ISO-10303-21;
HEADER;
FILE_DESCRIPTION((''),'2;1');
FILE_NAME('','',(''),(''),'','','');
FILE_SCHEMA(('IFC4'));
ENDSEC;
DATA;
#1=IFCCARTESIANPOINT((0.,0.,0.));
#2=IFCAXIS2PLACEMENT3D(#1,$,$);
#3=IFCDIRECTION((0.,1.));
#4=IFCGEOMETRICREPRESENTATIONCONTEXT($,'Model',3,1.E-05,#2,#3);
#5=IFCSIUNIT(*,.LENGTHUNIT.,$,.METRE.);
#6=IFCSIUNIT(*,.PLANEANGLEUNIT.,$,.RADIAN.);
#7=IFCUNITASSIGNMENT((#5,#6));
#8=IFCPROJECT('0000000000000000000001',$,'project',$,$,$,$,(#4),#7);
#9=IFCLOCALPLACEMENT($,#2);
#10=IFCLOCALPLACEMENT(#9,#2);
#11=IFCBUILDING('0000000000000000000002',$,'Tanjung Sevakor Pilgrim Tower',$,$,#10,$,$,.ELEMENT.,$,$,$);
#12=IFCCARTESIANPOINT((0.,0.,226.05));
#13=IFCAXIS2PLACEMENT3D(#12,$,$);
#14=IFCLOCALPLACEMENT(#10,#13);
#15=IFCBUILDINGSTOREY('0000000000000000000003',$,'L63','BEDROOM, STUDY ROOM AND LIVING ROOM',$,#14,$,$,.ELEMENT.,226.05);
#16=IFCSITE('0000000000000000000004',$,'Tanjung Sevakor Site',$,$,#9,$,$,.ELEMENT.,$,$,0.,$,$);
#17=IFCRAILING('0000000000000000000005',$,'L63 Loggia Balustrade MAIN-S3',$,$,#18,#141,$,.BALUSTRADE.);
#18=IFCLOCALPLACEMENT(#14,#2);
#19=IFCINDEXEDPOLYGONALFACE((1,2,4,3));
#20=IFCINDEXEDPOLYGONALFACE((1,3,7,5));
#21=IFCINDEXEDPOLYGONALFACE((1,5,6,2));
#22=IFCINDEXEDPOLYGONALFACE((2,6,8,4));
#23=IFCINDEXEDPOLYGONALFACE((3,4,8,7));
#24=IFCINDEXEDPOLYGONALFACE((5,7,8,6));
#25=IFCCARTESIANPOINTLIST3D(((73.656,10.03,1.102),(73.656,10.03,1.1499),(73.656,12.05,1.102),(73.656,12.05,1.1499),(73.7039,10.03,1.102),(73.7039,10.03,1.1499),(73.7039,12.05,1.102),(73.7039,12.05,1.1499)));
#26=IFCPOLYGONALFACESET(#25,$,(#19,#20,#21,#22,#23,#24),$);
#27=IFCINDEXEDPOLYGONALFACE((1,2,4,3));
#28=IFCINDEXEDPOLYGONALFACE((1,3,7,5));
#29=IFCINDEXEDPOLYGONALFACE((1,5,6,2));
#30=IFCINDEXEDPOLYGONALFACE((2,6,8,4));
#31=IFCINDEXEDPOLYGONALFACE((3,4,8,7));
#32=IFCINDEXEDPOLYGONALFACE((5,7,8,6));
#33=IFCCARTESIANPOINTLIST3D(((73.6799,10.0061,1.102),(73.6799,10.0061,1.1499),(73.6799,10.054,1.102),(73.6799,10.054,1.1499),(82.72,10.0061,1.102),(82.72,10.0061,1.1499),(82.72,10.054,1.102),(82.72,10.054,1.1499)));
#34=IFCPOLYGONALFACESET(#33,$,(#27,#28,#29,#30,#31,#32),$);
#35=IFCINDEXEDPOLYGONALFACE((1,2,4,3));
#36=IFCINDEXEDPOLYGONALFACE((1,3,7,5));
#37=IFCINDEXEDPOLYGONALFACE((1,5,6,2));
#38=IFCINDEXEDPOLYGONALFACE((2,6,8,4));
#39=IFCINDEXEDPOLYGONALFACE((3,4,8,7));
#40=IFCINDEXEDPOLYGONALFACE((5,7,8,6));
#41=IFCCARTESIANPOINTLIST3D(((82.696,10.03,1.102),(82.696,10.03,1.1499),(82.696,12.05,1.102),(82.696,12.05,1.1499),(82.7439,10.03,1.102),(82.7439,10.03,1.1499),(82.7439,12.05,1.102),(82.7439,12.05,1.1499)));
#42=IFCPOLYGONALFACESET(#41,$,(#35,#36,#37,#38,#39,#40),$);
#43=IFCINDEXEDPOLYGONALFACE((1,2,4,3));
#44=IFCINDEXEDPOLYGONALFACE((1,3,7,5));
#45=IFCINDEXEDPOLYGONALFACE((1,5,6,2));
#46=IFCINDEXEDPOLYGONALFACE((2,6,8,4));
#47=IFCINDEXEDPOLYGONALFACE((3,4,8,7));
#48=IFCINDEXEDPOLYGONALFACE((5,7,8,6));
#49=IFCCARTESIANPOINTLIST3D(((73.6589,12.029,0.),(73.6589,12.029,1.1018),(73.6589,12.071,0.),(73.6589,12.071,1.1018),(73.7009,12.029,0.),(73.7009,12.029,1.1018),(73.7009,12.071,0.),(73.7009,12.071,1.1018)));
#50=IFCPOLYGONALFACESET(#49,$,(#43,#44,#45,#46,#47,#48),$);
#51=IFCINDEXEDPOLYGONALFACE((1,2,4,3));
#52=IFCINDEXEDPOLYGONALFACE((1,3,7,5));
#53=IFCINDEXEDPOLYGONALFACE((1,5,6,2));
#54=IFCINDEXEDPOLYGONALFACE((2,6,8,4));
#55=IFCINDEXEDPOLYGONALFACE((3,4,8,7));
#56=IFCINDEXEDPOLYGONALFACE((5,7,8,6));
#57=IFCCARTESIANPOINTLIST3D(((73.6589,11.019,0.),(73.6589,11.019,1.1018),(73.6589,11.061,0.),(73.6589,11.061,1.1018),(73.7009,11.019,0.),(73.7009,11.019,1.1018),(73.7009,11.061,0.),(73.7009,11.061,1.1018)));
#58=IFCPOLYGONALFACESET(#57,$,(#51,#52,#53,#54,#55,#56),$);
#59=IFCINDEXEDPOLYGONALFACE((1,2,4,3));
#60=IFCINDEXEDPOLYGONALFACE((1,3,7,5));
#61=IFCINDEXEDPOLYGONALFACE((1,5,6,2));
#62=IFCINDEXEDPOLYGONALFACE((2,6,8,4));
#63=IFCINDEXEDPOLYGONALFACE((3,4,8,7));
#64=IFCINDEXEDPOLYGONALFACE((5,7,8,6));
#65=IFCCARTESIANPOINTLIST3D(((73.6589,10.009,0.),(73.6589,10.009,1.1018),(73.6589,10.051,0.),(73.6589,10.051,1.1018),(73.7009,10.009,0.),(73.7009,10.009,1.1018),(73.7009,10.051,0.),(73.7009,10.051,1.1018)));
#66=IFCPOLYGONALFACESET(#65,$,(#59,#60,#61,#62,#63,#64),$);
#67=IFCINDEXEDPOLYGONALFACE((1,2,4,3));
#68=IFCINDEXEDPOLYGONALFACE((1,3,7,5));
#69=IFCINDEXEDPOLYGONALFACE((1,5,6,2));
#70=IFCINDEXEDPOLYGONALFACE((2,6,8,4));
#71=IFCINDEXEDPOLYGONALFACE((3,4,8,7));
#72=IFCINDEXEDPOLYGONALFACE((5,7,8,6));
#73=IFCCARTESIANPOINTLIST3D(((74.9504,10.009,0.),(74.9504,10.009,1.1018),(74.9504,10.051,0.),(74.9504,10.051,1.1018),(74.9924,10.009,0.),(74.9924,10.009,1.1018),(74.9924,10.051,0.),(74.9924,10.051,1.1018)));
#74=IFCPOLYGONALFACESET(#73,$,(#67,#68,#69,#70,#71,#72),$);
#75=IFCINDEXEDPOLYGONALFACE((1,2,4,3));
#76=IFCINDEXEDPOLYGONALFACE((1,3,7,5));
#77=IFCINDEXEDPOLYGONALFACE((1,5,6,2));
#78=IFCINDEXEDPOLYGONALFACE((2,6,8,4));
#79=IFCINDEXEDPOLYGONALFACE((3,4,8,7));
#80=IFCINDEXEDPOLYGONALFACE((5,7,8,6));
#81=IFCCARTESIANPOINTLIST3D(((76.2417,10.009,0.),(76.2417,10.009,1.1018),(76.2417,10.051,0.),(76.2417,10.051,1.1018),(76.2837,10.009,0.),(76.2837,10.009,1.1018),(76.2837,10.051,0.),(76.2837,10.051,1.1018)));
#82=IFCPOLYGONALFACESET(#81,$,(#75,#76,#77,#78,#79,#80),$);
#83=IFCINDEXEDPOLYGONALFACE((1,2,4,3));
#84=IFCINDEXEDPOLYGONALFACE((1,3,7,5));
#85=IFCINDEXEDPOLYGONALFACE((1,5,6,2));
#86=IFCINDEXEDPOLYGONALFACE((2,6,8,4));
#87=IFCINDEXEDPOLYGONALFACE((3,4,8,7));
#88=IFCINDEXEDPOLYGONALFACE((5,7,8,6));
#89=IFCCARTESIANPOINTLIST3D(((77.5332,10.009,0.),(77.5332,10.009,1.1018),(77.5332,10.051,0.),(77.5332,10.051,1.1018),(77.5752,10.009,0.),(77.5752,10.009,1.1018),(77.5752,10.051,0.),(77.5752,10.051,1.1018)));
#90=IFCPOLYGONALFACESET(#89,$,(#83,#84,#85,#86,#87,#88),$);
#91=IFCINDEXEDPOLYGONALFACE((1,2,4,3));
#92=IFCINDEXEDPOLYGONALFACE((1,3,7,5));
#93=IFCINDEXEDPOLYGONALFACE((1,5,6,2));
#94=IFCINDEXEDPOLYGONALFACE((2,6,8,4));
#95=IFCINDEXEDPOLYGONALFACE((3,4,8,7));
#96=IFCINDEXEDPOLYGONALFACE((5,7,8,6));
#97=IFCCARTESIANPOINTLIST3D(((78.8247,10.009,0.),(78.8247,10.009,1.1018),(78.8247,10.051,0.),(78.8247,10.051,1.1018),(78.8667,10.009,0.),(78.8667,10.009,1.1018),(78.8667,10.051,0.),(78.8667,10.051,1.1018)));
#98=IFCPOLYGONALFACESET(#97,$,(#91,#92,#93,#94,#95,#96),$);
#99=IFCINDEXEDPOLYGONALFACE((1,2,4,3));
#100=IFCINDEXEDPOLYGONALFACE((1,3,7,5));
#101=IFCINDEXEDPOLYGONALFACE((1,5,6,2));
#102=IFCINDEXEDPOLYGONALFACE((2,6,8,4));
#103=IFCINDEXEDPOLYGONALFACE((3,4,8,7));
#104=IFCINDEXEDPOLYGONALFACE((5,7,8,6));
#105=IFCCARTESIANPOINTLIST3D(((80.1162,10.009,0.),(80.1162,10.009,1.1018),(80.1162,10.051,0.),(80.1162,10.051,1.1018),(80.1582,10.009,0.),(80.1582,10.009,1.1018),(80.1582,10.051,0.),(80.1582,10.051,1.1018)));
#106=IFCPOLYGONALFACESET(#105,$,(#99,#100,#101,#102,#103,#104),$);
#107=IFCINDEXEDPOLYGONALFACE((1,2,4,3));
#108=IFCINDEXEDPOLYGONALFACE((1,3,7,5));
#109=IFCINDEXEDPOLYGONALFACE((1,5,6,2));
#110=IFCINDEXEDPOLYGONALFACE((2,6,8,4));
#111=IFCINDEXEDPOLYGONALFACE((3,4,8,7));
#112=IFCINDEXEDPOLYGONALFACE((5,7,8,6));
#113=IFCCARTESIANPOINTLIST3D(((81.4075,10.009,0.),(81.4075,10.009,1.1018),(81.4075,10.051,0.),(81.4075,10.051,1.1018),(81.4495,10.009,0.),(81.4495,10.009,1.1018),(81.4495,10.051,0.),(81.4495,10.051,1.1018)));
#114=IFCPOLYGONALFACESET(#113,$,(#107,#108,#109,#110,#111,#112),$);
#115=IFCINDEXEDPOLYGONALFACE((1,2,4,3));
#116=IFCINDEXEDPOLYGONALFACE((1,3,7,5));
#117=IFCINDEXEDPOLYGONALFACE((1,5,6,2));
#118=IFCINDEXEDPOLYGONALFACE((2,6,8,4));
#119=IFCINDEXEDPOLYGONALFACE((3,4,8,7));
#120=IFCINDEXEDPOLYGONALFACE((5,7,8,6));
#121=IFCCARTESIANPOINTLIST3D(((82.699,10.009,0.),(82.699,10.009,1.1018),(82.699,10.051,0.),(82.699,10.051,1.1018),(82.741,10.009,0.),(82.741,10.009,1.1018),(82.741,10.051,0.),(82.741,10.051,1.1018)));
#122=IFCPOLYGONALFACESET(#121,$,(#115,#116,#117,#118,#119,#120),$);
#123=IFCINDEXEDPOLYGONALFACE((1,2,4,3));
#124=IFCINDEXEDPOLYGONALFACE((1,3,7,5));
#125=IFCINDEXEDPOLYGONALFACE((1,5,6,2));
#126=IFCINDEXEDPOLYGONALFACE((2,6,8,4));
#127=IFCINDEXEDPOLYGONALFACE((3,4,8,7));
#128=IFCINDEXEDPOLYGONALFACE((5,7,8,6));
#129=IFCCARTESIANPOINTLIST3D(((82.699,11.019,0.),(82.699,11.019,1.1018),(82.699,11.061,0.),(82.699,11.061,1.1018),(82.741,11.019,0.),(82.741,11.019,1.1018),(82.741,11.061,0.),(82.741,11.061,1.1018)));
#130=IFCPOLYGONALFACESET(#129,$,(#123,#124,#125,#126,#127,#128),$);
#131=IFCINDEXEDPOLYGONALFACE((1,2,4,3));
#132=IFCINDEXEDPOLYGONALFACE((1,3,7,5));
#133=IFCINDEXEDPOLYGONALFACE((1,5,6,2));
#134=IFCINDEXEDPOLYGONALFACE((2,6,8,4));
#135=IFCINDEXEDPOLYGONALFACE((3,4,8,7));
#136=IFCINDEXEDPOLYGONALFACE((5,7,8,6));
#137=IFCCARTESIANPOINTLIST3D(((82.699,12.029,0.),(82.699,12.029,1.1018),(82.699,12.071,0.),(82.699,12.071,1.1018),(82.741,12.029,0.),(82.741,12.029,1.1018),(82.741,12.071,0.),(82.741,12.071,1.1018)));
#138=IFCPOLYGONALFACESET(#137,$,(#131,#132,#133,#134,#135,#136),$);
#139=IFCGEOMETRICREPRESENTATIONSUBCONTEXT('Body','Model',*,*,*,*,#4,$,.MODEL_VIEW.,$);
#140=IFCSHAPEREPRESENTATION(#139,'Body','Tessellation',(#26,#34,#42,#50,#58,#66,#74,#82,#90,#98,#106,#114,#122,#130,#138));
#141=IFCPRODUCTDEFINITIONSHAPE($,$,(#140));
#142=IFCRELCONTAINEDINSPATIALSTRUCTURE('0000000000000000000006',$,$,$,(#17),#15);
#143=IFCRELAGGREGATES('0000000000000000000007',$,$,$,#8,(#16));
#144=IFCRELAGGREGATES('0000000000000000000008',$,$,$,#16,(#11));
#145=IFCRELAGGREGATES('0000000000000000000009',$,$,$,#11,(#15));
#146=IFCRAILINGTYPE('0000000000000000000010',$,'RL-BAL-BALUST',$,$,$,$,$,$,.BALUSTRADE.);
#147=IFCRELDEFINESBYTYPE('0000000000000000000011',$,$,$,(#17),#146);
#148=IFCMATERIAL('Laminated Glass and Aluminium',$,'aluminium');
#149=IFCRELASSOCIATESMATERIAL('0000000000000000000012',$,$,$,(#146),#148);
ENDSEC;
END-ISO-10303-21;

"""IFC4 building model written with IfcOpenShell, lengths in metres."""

from ifc_helpers import new_model, si_unit, direction, frame, origin, place, context, subcontext, project, spatial, rectangle, extrude, material, type_object, element, save


model = new_model("IFC4")

# Units and contexts
model_context = context("Model", 3, precision=1e-05, world=origin(), true_north=direction((0.0, 1.0)))
body_context = subcontext(model_context, "Body", "Model", "MODEL_VIEW")
ifc_project = project(units=[si_unit("LENGTHUNIT", "METRE"), si_unit("PLANEANGLEUNIT", "RADIAN")], contexts=[model_context])

# Site, building, storey
site_placement = place(None, origin())
site = spatial("IfcSite", under=ifc_project, at=site_placement, Name="Tanjung Sevakor Site", CompositionType="ELEMENT", RefElevation=0.0)
building_placement = place(site_placement, origin())
building = spatial("IfcBuilding", under=site, at=building_placement, Name="Tanjung Sevakor Pilgrim Tower", CompositionType="ELEMENT")
storey_placement = place(building_placement, frame((0.0, 0.0, 226.05)))
storey = spatial("IfcBuildingStorey", under=building, at=storey_placement, Name="L63", Description="BEDROOM, STUDY ROOM AND LIVING ROOM", CompositionType="ELEMENT", Elevation=226.05)

# Railing
ifc_material_1 = material(Name="Laminated Glass and Aluminium", Category="aluminium")
railing_type = type_object("IfcRailingType", Name="RL-BAL-BALUST", PredefinedType="BALUSTRADE", material=ifc_material_1)
railing_placement = place(storey_placement, frame((73.6799, 12.05, 0.0)))
element("IfcRailing", 1, at=railing_placement, inside=storey, type_object=railing_type, Name="L63 Loggia Balustrade MAIN-S3", PredefinedType="BALUSTRADE", context=body_context, shape_type="SweptSolid", body=[
    extrude(rectangle(XDim=0.0479, YDim=0.0479), frame((0.0, 0.0, 1.126), z_axis=(0.0, -1.0, 0.0), x_axis=(1.0, 0.0, 0.0)), (0.0, 0.0, 1.0), 2.02),
    extrude(rectangle(XDim=0.0479, YDim=0.0479), frame((0.0, -2.02, 1.126), z_axis=(1.0, 0.0, 0.0), x_axis=(0.0, 1.0, 0.0)), (0.0, 0.0, 1.0), 9.04),
    extrude(rectangle(XDim=0.0479, YDim=0.0479), frame((9.04, -2.02, 1.126), z_axis=(0.0, 1.0, 0.0), x_axis=(-1.0, 0.0, 0.0)), (0.0, 0.0, 1.0), 2.02),
    extrude(rectangle(XDim=0.042, YDim=0.042), origin(), (0.0, 0.0, 1.0), 1.1018),
    extrude(rectangle(XDim=0.042, YDim=0.042), frame((0.0, -1.01, 0.0)), (0.0, 0.0, 1.0), 1.1018),
    extrude(rectangle(XDim=0.042, YDim=0.042), frame((0.0, -2.02, 0.0)), (0.0, 0.0, 1.0), 1.1018),
    extrude(rectangle(XDim=0.042, YDim=0.042), frame((1.2915, -2.02, 0.0)), (0.0, 0.0, 1.0), 1.1018),
    extrude(rectangle(XDim=0.042, YDim=0.042), frame((2.5828, -2.02, 0.0)), (0.0, 0.0, 1.0), 1.1018),
    extrude(rectangle(XDim=0.042, YDim=0.042), frame((3.8743, -2.02, 0.0)), (0.0, 0.0, 1.0), 1.1018),
    extrude(rectangle(XDim=0.042, YDim=0.042), frame((5.1658, -2.02, 0.0)), (0.0, 0.0, 1.0), 1.1018),
    extrude(rectangle(XDim=0.042, YDim=0.042), frame((6.4573, -2.02, 0.0)), (0.0, 0.0, 1.0), 1.1018),
    extrude(rectangle(XDim=0.042, YDim=0.042), frame((7.7485, -2.02, 0.0)), (0.0, 0.0, 1.0), 1.1018),
    extrude(rectangle(XDim=0.042, YDim=0.042), frame((9.04, -2.02, 0.0)), (0.0, 0.0, 1.0), 1.1018),
    extrude(rectangle(XDim=0.042, YDim=0.042), frame((9.04, -1.01, 0.0)), (0.0, 0.0, 1.0), 1.1018),
    extrude(rectangle(XDim=0.042, YDim=0.042), frame((9.04, 0.0, 0.0)), (0.0, 0.0, 1.0), 1.1018),
])

save(model, "model.ifc")
